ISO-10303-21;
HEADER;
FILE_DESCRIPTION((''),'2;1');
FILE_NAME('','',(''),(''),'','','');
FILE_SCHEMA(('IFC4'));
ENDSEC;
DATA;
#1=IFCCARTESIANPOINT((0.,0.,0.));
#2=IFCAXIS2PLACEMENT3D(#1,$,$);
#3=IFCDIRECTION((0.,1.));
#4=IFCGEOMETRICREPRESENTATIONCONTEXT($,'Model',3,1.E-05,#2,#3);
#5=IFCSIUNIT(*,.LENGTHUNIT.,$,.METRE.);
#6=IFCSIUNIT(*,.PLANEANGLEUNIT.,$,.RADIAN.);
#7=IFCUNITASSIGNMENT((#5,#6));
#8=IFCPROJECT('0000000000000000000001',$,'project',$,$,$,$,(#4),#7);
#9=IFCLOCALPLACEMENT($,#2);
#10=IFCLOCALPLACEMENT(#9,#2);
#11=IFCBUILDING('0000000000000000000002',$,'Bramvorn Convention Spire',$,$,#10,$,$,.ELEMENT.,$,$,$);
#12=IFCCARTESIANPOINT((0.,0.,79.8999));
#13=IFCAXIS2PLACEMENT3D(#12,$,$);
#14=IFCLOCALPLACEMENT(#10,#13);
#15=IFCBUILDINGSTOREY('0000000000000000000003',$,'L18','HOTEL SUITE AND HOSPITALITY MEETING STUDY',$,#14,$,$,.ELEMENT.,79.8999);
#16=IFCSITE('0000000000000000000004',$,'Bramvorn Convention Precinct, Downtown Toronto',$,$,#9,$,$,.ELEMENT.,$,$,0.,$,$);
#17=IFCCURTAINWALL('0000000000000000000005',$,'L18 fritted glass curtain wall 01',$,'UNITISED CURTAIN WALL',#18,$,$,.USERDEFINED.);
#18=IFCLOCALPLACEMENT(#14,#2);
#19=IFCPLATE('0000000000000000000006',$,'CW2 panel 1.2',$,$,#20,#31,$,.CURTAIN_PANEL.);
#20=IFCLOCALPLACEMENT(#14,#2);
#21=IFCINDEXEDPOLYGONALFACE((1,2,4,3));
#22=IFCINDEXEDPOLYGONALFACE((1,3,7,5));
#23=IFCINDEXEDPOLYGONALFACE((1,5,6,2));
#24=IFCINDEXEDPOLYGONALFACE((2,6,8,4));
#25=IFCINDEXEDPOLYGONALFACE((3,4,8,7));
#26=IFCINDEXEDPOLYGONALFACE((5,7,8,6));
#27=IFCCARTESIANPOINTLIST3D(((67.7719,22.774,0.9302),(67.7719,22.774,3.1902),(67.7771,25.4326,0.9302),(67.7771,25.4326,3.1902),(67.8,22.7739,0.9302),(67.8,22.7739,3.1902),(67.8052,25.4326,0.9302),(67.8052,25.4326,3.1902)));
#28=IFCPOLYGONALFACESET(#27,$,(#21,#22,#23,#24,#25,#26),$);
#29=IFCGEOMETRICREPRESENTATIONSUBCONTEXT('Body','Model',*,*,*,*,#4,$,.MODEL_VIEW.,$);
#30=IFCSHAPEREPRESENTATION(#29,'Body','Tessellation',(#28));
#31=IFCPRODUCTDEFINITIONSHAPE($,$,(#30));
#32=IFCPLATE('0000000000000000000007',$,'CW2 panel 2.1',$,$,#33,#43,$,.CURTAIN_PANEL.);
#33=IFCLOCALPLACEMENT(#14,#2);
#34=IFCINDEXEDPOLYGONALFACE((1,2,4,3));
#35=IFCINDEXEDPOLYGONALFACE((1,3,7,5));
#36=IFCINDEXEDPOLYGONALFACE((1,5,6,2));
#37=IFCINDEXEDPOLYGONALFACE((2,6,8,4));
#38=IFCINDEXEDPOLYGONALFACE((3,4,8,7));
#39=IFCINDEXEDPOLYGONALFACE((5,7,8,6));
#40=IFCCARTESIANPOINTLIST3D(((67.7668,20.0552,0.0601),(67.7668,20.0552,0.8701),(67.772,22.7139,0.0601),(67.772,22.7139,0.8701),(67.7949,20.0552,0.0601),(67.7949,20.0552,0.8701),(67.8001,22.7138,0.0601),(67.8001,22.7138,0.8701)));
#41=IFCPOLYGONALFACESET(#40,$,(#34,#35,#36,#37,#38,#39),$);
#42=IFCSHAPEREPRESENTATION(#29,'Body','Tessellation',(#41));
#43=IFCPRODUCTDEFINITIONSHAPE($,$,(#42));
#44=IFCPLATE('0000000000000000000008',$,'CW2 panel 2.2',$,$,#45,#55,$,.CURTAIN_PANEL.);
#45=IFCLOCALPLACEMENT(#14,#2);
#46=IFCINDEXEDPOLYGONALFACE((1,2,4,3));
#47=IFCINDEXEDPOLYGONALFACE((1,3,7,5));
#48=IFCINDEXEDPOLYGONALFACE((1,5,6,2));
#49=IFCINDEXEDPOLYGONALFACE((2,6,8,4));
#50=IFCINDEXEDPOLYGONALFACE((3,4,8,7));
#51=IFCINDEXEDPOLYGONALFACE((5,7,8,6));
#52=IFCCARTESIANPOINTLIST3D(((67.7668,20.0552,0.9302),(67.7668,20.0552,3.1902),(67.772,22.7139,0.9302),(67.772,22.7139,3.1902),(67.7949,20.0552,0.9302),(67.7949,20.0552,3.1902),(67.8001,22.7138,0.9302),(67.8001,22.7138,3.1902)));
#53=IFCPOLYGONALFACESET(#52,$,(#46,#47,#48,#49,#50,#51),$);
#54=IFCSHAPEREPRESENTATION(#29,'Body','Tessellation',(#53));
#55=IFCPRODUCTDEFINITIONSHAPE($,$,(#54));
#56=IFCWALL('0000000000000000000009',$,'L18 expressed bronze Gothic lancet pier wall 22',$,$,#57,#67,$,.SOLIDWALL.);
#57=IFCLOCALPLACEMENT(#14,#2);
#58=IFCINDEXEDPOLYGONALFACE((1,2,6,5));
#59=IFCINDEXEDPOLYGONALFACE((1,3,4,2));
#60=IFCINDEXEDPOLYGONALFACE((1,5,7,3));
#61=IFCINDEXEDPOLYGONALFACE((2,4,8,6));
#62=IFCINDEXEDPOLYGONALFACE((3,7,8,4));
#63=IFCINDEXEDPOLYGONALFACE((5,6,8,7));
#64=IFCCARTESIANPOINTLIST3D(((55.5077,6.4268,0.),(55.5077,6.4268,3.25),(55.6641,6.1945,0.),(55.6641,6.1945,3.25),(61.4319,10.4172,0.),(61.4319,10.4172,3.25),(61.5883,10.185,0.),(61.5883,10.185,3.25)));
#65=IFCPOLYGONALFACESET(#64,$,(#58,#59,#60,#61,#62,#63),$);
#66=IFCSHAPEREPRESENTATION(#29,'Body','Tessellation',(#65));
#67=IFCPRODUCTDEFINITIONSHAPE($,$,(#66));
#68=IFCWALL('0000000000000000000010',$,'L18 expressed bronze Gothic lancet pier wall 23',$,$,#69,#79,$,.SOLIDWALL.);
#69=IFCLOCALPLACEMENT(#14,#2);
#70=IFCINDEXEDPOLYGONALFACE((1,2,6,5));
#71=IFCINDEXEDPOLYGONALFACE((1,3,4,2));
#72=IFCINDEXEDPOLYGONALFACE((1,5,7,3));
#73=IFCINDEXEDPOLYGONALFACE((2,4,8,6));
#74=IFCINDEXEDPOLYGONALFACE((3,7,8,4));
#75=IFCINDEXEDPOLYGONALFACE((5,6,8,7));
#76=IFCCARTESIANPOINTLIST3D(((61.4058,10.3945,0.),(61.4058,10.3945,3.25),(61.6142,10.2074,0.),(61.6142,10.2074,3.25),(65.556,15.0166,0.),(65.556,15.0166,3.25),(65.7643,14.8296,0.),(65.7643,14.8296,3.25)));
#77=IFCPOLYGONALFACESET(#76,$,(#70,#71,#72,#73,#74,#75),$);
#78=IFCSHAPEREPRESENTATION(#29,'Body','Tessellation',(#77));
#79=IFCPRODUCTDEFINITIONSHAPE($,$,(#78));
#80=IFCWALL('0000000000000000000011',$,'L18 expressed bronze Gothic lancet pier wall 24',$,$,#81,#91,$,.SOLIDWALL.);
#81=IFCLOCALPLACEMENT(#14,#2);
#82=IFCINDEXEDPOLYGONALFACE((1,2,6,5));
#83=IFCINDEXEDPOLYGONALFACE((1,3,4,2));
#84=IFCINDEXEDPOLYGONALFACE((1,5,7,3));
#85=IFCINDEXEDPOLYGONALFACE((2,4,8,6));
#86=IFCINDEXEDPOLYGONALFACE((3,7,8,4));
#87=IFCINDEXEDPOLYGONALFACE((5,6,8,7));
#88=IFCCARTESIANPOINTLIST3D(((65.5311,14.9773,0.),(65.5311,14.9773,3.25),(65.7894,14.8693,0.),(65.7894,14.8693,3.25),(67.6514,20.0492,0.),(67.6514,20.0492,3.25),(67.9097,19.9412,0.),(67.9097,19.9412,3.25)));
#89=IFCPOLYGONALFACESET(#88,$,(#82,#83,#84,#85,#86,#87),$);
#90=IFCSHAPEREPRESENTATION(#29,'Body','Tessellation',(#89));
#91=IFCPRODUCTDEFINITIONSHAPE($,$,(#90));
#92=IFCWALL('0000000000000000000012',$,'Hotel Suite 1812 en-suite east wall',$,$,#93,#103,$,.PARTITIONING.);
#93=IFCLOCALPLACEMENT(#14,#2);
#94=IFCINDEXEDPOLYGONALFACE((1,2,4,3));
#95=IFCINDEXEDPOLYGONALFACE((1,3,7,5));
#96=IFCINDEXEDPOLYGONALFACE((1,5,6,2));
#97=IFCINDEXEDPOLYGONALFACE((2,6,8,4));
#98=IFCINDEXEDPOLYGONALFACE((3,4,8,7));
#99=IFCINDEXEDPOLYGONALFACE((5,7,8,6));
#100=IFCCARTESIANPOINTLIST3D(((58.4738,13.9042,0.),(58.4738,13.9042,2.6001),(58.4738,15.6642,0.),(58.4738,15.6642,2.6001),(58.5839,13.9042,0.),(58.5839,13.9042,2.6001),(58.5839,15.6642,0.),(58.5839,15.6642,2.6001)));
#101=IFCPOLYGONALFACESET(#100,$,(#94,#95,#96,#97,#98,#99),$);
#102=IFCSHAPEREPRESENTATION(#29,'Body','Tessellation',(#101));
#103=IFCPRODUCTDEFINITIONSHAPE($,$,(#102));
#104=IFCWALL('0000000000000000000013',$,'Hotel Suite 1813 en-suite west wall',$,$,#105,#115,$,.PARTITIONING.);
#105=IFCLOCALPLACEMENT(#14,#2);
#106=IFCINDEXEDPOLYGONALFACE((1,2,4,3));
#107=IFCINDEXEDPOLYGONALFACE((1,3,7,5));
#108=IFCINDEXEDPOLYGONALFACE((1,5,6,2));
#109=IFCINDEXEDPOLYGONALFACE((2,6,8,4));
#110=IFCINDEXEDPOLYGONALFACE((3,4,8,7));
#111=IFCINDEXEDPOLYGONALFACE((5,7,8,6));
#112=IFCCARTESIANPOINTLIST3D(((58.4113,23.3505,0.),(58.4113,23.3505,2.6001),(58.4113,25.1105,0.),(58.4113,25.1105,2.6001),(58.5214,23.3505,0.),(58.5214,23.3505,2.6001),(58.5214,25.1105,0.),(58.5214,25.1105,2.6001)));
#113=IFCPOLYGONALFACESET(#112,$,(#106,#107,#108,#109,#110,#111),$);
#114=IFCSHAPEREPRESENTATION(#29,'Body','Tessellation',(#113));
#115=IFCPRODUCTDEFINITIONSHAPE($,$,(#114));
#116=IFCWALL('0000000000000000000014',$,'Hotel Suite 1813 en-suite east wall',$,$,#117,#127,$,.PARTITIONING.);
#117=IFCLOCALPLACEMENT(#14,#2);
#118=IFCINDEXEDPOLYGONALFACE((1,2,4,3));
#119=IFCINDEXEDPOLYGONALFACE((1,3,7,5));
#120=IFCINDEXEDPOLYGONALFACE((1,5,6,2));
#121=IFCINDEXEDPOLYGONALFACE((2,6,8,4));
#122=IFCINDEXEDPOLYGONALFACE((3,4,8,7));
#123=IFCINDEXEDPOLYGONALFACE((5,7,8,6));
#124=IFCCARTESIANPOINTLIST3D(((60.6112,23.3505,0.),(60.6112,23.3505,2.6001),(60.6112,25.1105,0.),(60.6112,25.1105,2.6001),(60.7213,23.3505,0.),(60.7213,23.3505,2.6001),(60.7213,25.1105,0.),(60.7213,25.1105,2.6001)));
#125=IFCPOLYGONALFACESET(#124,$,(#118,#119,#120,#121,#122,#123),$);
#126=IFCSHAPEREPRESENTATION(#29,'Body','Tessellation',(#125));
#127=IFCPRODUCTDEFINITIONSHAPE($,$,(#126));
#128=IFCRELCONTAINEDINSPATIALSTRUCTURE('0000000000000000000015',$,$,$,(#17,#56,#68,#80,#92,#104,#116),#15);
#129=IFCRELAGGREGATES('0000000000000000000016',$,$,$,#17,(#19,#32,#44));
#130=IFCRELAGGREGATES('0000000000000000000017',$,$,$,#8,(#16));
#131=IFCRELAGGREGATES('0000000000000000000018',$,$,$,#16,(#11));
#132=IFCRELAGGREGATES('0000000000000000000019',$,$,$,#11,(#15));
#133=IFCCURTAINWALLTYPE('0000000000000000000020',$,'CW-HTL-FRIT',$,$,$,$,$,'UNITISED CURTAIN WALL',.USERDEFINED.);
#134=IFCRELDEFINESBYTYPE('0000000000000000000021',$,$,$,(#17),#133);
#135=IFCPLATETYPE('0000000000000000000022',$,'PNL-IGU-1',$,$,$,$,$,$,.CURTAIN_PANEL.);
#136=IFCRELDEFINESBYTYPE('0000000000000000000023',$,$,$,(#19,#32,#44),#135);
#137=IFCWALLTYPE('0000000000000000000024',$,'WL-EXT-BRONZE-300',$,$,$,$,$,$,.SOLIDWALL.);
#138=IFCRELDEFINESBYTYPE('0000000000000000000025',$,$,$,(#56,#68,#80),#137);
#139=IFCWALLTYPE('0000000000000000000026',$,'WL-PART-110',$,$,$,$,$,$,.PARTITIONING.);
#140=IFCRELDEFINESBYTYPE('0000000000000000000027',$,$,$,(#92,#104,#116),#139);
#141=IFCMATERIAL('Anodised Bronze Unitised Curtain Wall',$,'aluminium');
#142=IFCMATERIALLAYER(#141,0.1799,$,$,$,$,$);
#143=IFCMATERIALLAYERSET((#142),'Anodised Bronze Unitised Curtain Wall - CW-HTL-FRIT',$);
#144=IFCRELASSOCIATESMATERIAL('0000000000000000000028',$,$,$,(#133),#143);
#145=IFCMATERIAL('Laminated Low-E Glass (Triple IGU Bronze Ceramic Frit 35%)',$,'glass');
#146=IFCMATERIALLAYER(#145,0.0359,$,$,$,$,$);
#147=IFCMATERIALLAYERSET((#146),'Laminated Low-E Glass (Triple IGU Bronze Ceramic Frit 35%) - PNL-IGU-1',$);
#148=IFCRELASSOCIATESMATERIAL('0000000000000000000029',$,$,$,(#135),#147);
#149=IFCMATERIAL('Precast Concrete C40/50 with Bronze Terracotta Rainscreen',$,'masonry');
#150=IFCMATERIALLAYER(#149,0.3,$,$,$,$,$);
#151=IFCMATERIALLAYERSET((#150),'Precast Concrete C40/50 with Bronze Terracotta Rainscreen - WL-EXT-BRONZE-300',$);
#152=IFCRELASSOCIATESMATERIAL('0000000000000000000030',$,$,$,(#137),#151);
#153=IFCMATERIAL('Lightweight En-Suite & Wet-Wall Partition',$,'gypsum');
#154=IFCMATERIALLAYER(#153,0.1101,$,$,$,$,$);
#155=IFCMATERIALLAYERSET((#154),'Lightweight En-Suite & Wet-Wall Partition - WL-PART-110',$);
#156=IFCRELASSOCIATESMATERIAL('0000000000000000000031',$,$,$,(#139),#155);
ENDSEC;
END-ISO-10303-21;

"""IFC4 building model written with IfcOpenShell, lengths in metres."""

from ifc_helpers import new_model, si_unit, direction, frame, frame_2d, origin, origin_2d, place, context, subcontext, project, spatial, rectangle, extrude, material, layer, layer_set, type_object, element, aggregate, save


model = new_model("IFC4")

# Units and contexts
model_context = context("Model", 3, precision=1e-05, world=origin(), true_north=direction((0.0, 1.0)))
body_context = subcontext(model_context, "Body", "Model", "MODEL_VIEW")
ifc_project = project(units=[si_unit("LENGTHUNIT", "METRE"), si_unit("PLANEANGLEUNIT", "RADIAN")], contexts=[model_context])

# Site, building, storey
site_placement = place(None, origin())
site = spatial("IfcSite", under=ifc_project, at=site_placement, Name="Bramvorn Convention Precinct, Downtown Toronto", CompositionType="ELEMENT", RefElevation=0.0)
building_placement = place(site_placement, origin())
building = spatial("IfcBuilding", under=site, at=building_placement, Name="Bramvorn Convention Spire", CompositionType="ELEMENT")
storey_placement = place(building_placement, frame((0.0, 0.0, 79.8999)))
storey = spatial("IfcBuildingStorey", under=building, at=storey_placement, Name="L18", Description="HOTEL SUITE AND HOSPITALITY MEETING STUDY", CompositionType="ELEMENT", Elevation=79.8999)

# Curtain wall
ifc_material_1 = material(Name="Anodised Bronze Unitised Curtain Wall", Category="aluminium")
ifc_layer_1 = layer(ifc_material_1, 0.1799)
ifc_layer_set_1 = layer_set([ifc_layer_1], Name="Anodised Bronze Unitised Curtain Wall - CW-HTL-FRIT")
curtain_wall_type = type_object("IfcCurtainWallType", Name="CW-HTL-FRIT", ElementType="UNITISED CURTAIN WALL", PredefinedType="USERDEFINED", material=ifc_layer_set_1)
curtain_wall_placement = place(storey_placement, origin())
curtain_wall = element("IfcCurtainWall", 1, at=curtain_wall_placement, inside=storey, type_object=curtain_wall_type, Name="L18 fritted glass curtain wall 01", ObjectType="UNITISED CURTAIN WALL", PredefinedType="USERDEFINED")

# Plates
ifc_material_2 = material(Name="Laminated Low-E Glass (Triple IGU Bronze Ceramic Frit 35%)", Category="glass")
ifc_layer_2 = layer(ifc_material_2, 0.0359)
ifc_layer_set_2 = layer_set([ifc_layer_2], Name="Laminated Low-E Glass (Triple IGU Bronze Ceramic Frit 35%) - PNL-IGU-1")
plate_type = type_object("IfcPlateType", Name="PNL-IGU-1", PredefinedType="CURTAIN_PANEL", material=ifc_layer_set_2)
plate_1_placement = place(storey_placement, frame((67.7886, 24.1033, 0.9302), z_axis=(0.0, 0.0, 1.0), x_axis=(-0.001965, -0.999998, 0.0)))
plate_1 = element("IfcPlate", 2, at=plate_1_placement, type_object=plate_type, Name="CW2 panel 1.2", PredefinedType="CURTAIN_PANEL", context=body_context, shape_type="SweptSolid", body=[
    extrude(rectangle(XDim=2.6587, YDim=0.0281, at=origin_2d()), origin(), (0.0, 0.0, 1.0), 2.26),
])
plate_2_placement = place(storey_placement, frame((67.7834, 21.3845, 0.0601), z_axis=(0.0, 0.0, 1.0), x_axis=(-0.001965, -0.999998, 0.0)))
plate_2 = element("IfcPlate", 3, at=plate_2_placement, type_object=plate_type, Name="CW2 panel 2.1", PredefinedType="CURTAIN_PANEL", context=body_context, shape_type="SweptSolid", body=[
    extrude(rectangle(XDim=2.6587, YDim=0.0281, at=origin_2d()), origin(), (0.0, 0.0, 1.0), 0.8101),
])
plate_3_placement = place(storey_placement, frame((67.7834, 21.3845, 0.9302), z_axis=(0.0, 0.0, 1.0), x_axis=(-0.001965, -0.999998, 0.0)))
plate_3 = element("IfcPlate", 4, at=plate_3_placement, type_object=plate_type, Name="CW2 panel 2.2", PredefinedType="CURTAIN_PANEL", context=body_context, shape_type="SweptSolid", body=[
    extrude(rectangle(XDim=2.6587, YDim=0.0281, at=origin_2d()), origin(), (0.0, 0.0, 1.0), 2.26),
])
aggregate(curtain_wall, [plate_1, plate_2, plate_3])

# Walls
ifc_material_3 = material(Name="Precast Concrete C40/50 with Bronze Terracotta Rainscreen", Category="masonry")
ifc_layer_3 = layer(ifc_material_3, 0.3)
ifc_layer_set_3 = layer_set([ifc_layer_3], Name="Precast Concrete C40/50 with Bronze Terracotta Rainscreen - WL-EXT-BRONZE-300")
wall_type_1 = type_object("IfcWallType", Name="WL-EXT-BRONZE-300", PredefinedType="SOLIDWALL", material=ifc_layer_set_3)
wall_1_placement = place(storey_placement, frame((61.51, 10.301, 0.0), z_axis=(0.0, 0.0, 1.0), x_axis=(-0.829396, -0.558661, 0.0)))
element("IfcWall", 5, at=wall_1_placement, inside=storey, type_object=wall_type_1, Name="L18 expressed bronze Gothic lancet pier wall 22", PredefinedType="SOLIDWALL", context=body_context, shape_type="SweptSolid", body=[
    extrude(rectangle(XDim=7.1428, YDim=0.28, at=frame_2d((3.5713, 0.0))), origin(), (0.0, 0.0, 1.0), 3.25),
])
wall_2_placement = place(storey_placement, frame((65.6602, 14.9231, 0.0), z_axis=(0.0, 0.0, 1.0), x_axis=(-0.6681, -0.744071, 0.0)))
element("IfcWall", 6, at=wall_2_placement, inside=storey, type_object=wall_type_1, Name="L18 expressed bronze Gothic lancet pier wall 23", PredefinedType="SOLIDWALL", context=body_context, shape_type="SweptSolid", body=[
    extrude(rectangle(XDim=6.2119, YDim=0.28, at=frame_2d((3.106, 0.0))), origin(), (0.0, 0.0, 1.0), 3.25),
])
wall_3_placement = place(storey_placement, frame((67.7805, 19.9951, 0.0), z_axis=(0.0, 0.0, 1.0), x_axis=(-0.385703, -0.922623, 0.0)))
element("IfcWall", 7, at=wall_3_placement, inside=storey, type_object=wall_type_1, Name="L18 expressed bronze Gothic lancet pier wall 24", PredefinedType="SOLIDWALL", context=body_context, shape_type="SweptSolid", body=[
    extrude(rectangle(XDim=5.4973, YDim=0.28, at=frame_2d((2.7485, 0.0))), origin(), (0.0, 0.0, 1.0), 3.25),
])
ifc_material_4 = material(Name="Lightweight En-Suite & Wet-Wall Partition", Category="gypsum")
ifc_layer_4 = layer(ifc_material_4, 0.1101)
ifc_layer_set_4 = layer_set([ifc_layer_4], Name="Lightweight En-Suite & Wet-Wall Partition - WL-PART-110")
wall_type_2 = type_object("IfcWallType", Name="WL-PART-110", PredefinedType="PARTITIONING", material=ifc_layer_set_4)
for number, where, z_axis, x_axis, name in (
    (8, (58.5288, 13.9043, 0.0), (0.0, 0.0, 1.0), (0.0, 1.0, 0.0), "Hotel Suite 1812 en-suite east wall"),
    (9, (58.4663, 23.3506, 0.0), (0.0, 0.0, 1.0), (0.0, 1.0, 0.0), "Hotel Suite 1813 en-suite west wall"),
    (10, (60.6663, 23.3506, 0.0), (0.0, 0.0, 1.0), (0.0, 1.0, 0.0), "Hotel Suite 1813 en-suite east wall"),
):
    element("IfcWall", number, at=place(storey_placement, frame(where, z_axis=z_axis, x_axis=x_axis)), inside=storey, type_object=wall_type_2, Name=name, PredefinedType="PARTITIONING", context=body_context, shape_type="SweptSolid", body=[
        extrude(rectangle(XDim=1.76, YDim=0.1101, at=frame_2d((0.8799, 0.0))), origin(), (0.0, 0.0, 1.0), 2.6001),
    ])

save(model, "model.ifc")
